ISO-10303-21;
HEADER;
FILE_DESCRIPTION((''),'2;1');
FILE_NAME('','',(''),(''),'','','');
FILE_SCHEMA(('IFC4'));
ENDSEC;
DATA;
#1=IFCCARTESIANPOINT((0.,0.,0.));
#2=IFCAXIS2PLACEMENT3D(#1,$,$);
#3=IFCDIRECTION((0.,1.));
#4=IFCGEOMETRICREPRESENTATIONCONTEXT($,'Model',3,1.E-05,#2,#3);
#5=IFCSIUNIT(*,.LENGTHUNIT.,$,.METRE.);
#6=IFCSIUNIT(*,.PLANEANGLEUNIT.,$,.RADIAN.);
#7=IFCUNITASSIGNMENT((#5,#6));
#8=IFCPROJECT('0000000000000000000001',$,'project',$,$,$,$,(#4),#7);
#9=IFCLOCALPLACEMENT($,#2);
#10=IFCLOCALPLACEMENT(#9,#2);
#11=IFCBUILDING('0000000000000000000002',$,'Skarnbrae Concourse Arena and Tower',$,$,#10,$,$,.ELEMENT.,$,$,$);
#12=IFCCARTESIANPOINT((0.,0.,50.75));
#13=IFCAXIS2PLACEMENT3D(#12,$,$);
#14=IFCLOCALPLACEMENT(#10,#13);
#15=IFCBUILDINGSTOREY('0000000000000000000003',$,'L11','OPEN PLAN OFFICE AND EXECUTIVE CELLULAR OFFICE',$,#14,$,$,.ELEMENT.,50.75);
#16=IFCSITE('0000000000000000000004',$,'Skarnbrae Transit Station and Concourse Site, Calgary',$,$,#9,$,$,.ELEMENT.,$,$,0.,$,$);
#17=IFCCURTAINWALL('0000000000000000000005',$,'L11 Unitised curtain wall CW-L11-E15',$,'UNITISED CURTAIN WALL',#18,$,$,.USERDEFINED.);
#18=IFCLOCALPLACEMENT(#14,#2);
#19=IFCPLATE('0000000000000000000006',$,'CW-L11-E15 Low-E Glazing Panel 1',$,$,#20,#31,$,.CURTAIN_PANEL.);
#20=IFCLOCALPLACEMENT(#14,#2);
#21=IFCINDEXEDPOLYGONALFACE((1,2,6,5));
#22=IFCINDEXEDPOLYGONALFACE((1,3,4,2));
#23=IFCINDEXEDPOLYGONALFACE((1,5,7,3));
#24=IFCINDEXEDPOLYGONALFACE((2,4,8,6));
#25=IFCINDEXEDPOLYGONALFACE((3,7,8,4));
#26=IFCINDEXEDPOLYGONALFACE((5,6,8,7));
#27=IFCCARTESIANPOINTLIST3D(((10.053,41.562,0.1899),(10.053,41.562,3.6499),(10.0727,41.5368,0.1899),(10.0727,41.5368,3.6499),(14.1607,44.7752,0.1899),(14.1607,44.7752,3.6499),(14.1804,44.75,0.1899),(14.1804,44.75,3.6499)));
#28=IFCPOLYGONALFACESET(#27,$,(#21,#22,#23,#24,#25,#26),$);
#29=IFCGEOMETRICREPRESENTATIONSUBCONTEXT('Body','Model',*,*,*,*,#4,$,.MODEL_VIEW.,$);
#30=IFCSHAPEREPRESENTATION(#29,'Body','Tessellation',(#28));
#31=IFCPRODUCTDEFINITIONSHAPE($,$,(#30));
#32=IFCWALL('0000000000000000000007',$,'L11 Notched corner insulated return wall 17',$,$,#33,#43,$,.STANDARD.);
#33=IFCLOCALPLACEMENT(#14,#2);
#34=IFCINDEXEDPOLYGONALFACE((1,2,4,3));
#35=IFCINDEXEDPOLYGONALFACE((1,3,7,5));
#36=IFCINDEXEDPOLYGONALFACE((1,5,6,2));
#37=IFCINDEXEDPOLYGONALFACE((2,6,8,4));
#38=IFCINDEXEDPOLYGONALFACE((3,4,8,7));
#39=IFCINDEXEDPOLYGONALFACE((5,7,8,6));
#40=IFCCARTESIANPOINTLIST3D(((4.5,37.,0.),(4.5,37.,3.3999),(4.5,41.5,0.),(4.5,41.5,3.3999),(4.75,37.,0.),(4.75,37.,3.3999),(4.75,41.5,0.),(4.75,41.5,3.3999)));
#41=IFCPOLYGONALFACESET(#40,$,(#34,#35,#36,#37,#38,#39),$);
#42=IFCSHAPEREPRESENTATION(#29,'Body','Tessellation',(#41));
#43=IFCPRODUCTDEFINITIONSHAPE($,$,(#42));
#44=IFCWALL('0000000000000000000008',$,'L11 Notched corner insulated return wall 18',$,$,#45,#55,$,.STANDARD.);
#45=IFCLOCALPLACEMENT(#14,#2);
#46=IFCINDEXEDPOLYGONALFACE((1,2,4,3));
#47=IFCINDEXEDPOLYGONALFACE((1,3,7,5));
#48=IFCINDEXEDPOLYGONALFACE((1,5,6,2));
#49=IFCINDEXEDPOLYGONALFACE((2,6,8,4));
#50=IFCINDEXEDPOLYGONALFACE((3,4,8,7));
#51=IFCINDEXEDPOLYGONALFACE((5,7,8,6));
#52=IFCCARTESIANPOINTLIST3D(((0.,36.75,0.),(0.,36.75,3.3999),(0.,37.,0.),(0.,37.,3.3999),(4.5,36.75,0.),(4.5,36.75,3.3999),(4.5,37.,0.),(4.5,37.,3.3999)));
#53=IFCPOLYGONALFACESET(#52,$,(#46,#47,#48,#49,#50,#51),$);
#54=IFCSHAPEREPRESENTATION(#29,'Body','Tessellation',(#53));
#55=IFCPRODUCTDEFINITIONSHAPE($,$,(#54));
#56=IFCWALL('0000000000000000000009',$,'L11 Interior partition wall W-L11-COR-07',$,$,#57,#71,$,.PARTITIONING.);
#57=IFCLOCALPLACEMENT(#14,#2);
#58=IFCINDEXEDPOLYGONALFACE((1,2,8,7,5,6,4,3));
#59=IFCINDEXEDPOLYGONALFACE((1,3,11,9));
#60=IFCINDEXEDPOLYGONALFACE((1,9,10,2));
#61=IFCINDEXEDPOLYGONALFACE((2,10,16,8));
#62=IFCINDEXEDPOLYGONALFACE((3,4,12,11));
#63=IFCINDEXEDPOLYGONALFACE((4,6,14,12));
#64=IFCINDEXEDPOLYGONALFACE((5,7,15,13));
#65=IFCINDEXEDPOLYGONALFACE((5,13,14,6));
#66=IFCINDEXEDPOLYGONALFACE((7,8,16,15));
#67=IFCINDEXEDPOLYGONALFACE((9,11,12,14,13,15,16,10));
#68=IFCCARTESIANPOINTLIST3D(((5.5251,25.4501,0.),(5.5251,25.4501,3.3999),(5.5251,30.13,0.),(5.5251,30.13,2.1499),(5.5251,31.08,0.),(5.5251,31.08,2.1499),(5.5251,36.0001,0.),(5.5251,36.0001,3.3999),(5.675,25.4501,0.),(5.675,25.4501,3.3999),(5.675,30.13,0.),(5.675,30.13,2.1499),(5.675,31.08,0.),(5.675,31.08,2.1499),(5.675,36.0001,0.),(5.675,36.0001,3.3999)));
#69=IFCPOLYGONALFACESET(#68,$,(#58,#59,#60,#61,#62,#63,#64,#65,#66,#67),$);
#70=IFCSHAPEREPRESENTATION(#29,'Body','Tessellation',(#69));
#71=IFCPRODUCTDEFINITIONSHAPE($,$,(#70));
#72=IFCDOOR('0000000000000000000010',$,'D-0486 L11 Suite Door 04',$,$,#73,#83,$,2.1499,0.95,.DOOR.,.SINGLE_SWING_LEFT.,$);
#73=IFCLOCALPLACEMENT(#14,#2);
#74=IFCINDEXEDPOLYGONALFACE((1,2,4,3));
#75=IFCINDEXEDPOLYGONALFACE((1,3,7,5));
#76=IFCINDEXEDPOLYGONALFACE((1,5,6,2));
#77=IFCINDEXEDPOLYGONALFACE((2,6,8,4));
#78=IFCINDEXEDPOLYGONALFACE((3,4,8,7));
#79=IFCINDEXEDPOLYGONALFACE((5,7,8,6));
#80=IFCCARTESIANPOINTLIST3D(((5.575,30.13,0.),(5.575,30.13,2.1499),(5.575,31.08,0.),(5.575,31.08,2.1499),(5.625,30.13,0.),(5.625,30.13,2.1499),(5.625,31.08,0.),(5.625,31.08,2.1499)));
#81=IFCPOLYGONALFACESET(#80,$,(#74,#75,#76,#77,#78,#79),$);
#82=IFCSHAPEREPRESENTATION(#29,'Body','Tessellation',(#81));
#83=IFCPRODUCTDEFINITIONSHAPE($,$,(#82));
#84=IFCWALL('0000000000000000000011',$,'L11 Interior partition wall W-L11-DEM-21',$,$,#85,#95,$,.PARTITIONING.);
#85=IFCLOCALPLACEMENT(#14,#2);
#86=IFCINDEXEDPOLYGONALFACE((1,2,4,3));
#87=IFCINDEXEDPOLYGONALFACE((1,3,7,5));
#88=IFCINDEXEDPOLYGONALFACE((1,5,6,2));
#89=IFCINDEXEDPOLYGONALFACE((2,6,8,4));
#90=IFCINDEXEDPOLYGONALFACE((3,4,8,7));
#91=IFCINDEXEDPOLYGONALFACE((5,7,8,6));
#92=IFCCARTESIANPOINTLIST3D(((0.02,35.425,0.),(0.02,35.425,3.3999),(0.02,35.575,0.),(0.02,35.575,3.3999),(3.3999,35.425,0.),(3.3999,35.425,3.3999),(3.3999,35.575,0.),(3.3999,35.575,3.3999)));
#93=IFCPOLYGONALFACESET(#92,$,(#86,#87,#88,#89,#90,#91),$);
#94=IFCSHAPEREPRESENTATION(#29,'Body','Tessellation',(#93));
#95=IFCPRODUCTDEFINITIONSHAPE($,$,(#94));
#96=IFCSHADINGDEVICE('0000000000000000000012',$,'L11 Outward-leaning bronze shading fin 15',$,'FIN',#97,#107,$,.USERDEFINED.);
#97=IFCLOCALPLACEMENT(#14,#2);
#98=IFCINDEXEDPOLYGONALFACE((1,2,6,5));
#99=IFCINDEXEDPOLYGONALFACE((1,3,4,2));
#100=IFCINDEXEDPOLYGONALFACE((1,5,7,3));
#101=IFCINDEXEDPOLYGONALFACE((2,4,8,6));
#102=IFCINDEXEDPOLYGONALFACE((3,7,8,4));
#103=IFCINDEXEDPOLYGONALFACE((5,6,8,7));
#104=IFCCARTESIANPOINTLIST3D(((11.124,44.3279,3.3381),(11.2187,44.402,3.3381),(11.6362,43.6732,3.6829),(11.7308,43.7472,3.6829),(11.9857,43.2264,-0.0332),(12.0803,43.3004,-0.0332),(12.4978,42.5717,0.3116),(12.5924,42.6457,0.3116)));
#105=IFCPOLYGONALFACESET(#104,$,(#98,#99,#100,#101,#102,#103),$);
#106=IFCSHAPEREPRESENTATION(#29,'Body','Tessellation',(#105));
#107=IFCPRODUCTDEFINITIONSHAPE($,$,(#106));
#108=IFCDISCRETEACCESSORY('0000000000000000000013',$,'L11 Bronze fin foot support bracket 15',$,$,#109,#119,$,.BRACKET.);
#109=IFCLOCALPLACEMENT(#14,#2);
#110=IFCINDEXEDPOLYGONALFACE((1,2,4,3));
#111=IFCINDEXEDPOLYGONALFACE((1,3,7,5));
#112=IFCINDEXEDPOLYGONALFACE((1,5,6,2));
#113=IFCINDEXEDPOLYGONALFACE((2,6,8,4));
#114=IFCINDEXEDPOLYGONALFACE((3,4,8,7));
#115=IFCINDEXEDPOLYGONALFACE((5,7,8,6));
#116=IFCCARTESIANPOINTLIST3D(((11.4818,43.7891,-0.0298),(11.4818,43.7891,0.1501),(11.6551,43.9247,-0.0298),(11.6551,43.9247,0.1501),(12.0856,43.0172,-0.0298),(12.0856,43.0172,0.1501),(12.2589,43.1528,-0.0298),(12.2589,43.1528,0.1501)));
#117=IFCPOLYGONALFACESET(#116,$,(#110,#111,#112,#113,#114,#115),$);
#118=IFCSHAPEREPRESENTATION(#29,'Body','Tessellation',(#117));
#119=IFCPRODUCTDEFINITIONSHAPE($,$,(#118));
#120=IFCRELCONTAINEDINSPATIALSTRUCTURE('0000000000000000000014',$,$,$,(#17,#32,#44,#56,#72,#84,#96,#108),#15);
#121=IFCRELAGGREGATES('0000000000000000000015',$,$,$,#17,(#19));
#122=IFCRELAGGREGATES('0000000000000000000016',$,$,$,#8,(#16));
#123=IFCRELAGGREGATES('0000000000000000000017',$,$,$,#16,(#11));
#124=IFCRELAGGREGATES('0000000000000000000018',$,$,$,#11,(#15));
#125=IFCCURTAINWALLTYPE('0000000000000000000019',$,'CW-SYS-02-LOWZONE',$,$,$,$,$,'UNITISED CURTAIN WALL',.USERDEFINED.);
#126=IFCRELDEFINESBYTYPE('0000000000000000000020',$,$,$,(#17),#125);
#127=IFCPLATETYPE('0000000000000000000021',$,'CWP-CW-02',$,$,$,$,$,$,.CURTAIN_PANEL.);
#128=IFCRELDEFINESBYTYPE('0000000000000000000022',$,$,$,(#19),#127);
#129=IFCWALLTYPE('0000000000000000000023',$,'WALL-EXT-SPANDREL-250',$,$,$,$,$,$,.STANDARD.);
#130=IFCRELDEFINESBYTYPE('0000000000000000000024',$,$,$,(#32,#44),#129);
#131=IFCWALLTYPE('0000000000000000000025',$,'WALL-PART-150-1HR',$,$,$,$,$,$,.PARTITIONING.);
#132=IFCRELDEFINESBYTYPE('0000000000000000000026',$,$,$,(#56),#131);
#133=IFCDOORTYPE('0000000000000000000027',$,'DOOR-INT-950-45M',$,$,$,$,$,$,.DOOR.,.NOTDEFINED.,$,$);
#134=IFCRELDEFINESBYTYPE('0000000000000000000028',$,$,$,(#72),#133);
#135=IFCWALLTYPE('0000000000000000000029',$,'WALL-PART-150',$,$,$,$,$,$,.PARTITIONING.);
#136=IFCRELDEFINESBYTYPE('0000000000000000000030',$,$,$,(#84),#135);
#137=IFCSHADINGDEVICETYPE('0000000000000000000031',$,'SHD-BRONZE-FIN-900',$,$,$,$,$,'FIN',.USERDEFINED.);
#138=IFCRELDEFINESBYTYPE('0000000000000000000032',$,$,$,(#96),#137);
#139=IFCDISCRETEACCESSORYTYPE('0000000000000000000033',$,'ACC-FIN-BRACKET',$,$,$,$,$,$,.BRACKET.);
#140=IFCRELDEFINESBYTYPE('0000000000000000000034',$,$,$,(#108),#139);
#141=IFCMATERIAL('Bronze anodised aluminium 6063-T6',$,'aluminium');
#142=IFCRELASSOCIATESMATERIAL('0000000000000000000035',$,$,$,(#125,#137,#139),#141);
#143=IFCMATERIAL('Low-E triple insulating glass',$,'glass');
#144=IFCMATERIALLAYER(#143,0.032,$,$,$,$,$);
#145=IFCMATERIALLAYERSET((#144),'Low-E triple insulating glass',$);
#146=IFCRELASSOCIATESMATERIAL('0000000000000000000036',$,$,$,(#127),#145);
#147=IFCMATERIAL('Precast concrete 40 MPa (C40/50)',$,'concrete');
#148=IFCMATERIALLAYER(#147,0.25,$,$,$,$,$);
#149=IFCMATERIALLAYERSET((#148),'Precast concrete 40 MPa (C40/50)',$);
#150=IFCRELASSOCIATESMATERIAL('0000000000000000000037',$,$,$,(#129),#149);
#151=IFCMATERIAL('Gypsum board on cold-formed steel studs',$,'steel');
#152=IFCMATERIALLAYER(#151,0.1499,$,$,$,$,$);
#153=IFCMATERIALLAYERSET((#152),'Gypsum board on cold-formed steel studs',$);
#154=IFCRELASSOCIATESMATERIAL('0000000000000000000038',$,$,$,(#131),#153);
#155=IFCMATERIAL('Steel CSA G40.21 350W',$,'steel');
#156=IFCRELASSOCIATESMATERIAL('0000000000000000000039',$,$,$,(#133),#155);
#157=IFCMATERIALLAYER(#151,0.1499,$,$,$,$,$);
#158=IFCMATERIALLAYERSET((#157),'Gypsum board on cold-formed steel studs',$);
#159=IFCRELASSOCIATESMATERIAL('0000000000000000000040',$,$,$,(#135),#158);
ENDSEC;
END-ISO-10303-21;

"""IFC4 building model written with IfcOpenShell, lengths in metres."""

from ifc_helpers import new_model, si_unit, direction, frame, frame_2d, origin, origin_2d, place, context, subcontext, project, spatial, rectangle, extrude, source, transform, mapped, material, layer, layer_set, type_object, element, fill, aggregate, save


model = new_model("IFC4")

# Units and contexts
model_context = context("Model", 3, precision=1e-05, world=origin(), true_north=direction((0.0, 1.0)))
body_context = subcontext(model_context, "Body", "Model", "MODEL_VIEW")
ifc_project = project(units=[si_unit("LENGTHUNIT", "METRE"), si_unit("PLANEANGLEUNIT", "RADIAN")], contexts=[model_context])

# Site, building, storey
site_placement = place(None, origin())
site = spatial("IfcSite", under=ifc_project, at=site_placement, Name="Skarnbrae Transit Station and Concourse Site, Calgary", CompositionType="ELEMENT", RefElevation=0.0)
building_placement = place(site_placement, origin())
building = spatial("IfcBuilding", under=site, at=building_placement, Name="Skarnbrae Concourse Arena and Tower", CompositionType="ELEMENT")
storey_placement = place(building_placement, frame((0.0, 0.0, 50.75)))
storey = spatial("IfcBuildingStorey", under=building, at=storey_placement, Name="L11", Description="OPEN PLAN OFFICE AND EXECUTIVE CELLULAR OFFICE", CompositionType="ELEMENT", Elevation=50.75)

# Shared definitions
ifc_material_1 = material(Name="Steel CSA G40.21 350W", Category="steel")

# Curtain wall
ifc_material_2 = material(Name="Bronze anodised aluminium 6063-T6", Category="aluminium")
curtain_wall_type_1 = type_object("IfcCurtainWallType", Name="CW-SYS-02-LOWZONE", ElementType="UNITISED CURTAIN WALL", PredefinedType="USERDEFINED", material=ifc_material_2)
curtain_wall_1_placement = place(storey_placement, origin())
curtain_wall_1 = element("IfcCurtainWall", 1, at=curtain_wall_1_placement, inside=storey, type_object=curtain_wall_type_1, Name="L11 Unitised curtain wall CW-L11-E15", ObjectType="UNITISED CURTAIN WALL", PredefinedType="USERDEFINED")

# Plate
ifc_material_3 = material(Name="Low-E triple insulating glass", Category="glass")
ifc_layer_1 = layer(ifc_material_3, 0.032)
ifc_layer_set_1 = layer_set([ifc_layer_1], Name="Low-E triple insulating glass")
plate_type = type_object("IfcPlateType", Name="CWP-CW-02", PredefinedType="CURTAIN_PANEL", material=ifc_layer_set_1)
shared_shape_1 = source(origin(), body_context, "Body", "SweptSolid", [
    extrude(rectangle(XDim=5.2151, YDim=0.032, at=origin_2d()), origin(), (0.0, 0.0, 1.0), 3.46),
])
plate_1_placement = place(storey_placement, frame((12.1167, 43.156, 0.1899), z_axis=(0.0, 0.0, 1.0), x_axis=(-0.787652, -0.616121, 0.0)))
plate_1 = element("IfcPlate", 2, at=plate_1_placement, type_object=plate_type, Name="CW-L11-E15 Low-E Glazing Panel 1", PredefinedType="CURTAIN_PANEL", context=body_context, shape_type="MappedRepresentation", body=[
    mapped(shared_shape_1, transform((0.0, 0.0, 0.0))),
])
aggregate(curtain_wall_1, [plate_1])

# Walls
ifc_material_4 = material(Name="Precast concrete 40 MPa (C40/50)", Category="concrete")
ifc_layer_2 = layer(ifc_material_4, 0.25)
ifc_layer_set_2 = layer_set([ifc_layer_2], Name="Precast concrete 40 MPa (C40/50)")
wall_type_1 = type_object("IfcWallType", Name="WALL-EXT-SPANDREL-250", PredefinedType="STANDARD", material=ifc_layer_set_2)
shared_shape_2 = source(origin(), body_context, "Body", "SweptSolid", [
    extrude(rectangle(XDim=4.5, YDim=0.25, at=frame_2d((2.25, 0.0))), origin(), (0.0, 0.0, 1.0), 3.3999),
])
for number, where, z_axis, x_axis, name in (
    (3, (4.625, 41.5, 0.0), (0.0, 0.0, 1.0), (0.0, -1.0, 0.0), "L11 Notched corner insulated return wall 17"),
    (4, (4.5, 36.875, 0.0), (0.0, 0.0, 1.0), (-1.0, 0.0, 0.0), "L11 Notched corner insulated return wall 18"),
):
    element("IfcWall", number, at=place(storey_placement, frame(where, z_axis=z_axis, x_axis=x_axis)), inside=storey, type_object=wall_type_1, Name=name, PredefinedType="STANDARD", context=body_context, shape_type="MappedRepresentation", body=[
        mapped(shared_shape_2, transform((0.0, 0.0, 0.0))),
    ])

# Wall, opening, door
ifc_material_5 = material(Name="Gypsum board on cold-formed steel studs", Category="steel")
ifc_layer_3 = layer(ifc_material_5, 0.1499)
ifc_layer_set_3 = layer_set([ifc_layer_3], Name="Gypsum board on cold-formed steel studs")
wall_type_2 = type_object("IfcWallType", Name="WALL-PART-150-1HR", PredefinedType="PARTITIONING", material=ifc_layer_set_3)
shared_shape_3 = source(origin(), body_context, "Body", "SweptSolid", [
    extrude(rectangle(XDim=10.55, YDim=0.1499, at=frame_2d((5.2749, 0.0))), origin(), (0.0, 0.0, 1.0), 3.3999),
])
wall_1_placement = place(storey_placement, frame((5.6001, 36.0, 0.0), z_axis=(0.0, 0.0, 1.0), x_axis=(0.0, -1.0, 0.0)))
wall_1 = element("IfcWall", 5, at=wall_1_placement, inside=storey, type_object=wall_type_2, Name="L11 Interior partition wall W-L11-COR-07", PredefinedType="PARTITIONING", context=body_context, shape_type="MappedRepresentation", body=[
    mapped(shared_shape_3, transform((0.0, 0.0, 0.0))),
])
opening_1_placement = place(wall_1_placement, frame((4.9199, 0.0, 0.0)))
opening_1 = element("IfcOpeningElement", 6, at=opening_1_placement, cuts=wall_1, PredefinedType="OPENING", context=body_context, shape_type="SweptSolid", body=[
    extrude(rectangle(XDim=0.95, YDim=2.1499, at=frame_2d((0.4751, 1.075))), frame((0.0, 0.085, 0.0), z_axis=(0.0, -1.0, 0.0), x_axis=(1.0, 0.0, 0.0)), (0.0, 0.0, 1.0), 0.1699),
])
door_type = type_object("IfcDoorType", Name="DOOR-INT-950-45M", OperationType="NOTDEFINED", PredefinedType="DOOR", material=ifc_material_1)
shared_shape_4 = source(origin(), body_context, "Body", "SweptSolid", [
    extrude(rectangle(XDim=0.95, YDim=2.1499, at=frame_2d((0.4751, 1.075))), frame((0.0, 0.0249, 0.0), z_axis=(0.0, -1.0, 0.0), x_axis=(1.0, 0.0, 0.0)), (0.0, 0.0, 1.0), 0.05),
])
door_1_placement = place(opening_1_placement, origin())
door_1 = element("IfcDoor", 7, at=door_1_placement, inside=storey, type_object=door_type, Name="D-0486 L11 Suite Door 04", OperationType="SINGLE_SWING_LEFT", OverallHeight=2.1499, OverallWidth=0.95, PredefinedType="DOOR", context=body_context, shape_type="MappedRepresentation", body=[
    mapped(shared_shape_4, transform((0.0, 0.0, 0.0))),
])
fill(opening_1, door_1)

# Wall
ifc_layer_4 = layer(ifc_material_5, 0.1499)
ifc_layer_set_4 = layer_set([ifc_layer_4], Name="Gypsum board on cold-formed steel studs")
wall_type_3 = type_object("IfcWallType", Name="WALL-PART-150", PredefinedType="PARTITIONING", material=ifc_layer_set_4)
shared_shape_5 = source(origin(), body_context, "Body", "SweptSolid", [
    extrude(rectangle(XDim=3.3799, YDim=0.1499, at=frame_2d((1.6899, 0.0))), origin(), (0.0, 0.0, 1.0), 3.3999),
])
wall_2_placement = place(storey_placement, frame((0.02, 35.5, 0.0), z_axis=(0.0, 0.0, 1.0), x_axis=(1.0, 0.0, 0.0)))
element("IfcWall", 8, at=wall_2_placement, inside=storey, type_object=wall_type_3, Name="L11 Interior partition wall W-L11-DEM-21", PredefinedType="PARTITIONING", context=body_context, shape_type="MappedRepresentation", body=[
    mapped(shared_shape_5, transform((0.0, 0.0, 0.0))),
])

# Shading device
shading_device_type = type_object("IfcShadingDeviceType", Name="SHD-BRONZE-FIN-900", ElementType="FIN", PredefinedType="USERDEFINED", material=ifc_material_2)
shared_shape_6 = source(origin(), body_context, "Body", "SweptSolid", [
    extrude(rectangle(XDim=0.1201, YDim=0.8999, at=origin_2d()), origin(), (0.0, 0.0, 1.0), 3.6499),
])
shading_device_placement = place(storey_placement, frame((12.2891, 42.936, 0.1392), z_axis=(-0.236075, 0.301804, 0.923679), x_axis=(0.787656, 0.616115, 0.0)))
element("IfcShadingDevice", 9, at=shading_device_placement, inside=storey, type_object=shading_device_type, Name="L11 Outward-leaning bronze shading fin 15", ObjectType="FIN", PredefinedType="USERDEFINED", context=body_context, shape_type="MappedRepresentation", body=[
    mapped(shared_shape_6, transform((0.0, 0.0, 0.0))),
])

# Discrete accessory
discrete_accessory_type = type_object("IfcDiscreteAccessoryType", Name="ACC-FIN-BRACKET", PredefinedType="BRACKET", material=ifc_material_2)
shared_shape_7 = source(origin(), body_context, "Body", "SweptSolid", [
    extrude(rectangle(XDim=0.22, YDim=0.98, at=origin_2d()), origin(), (0.0, 0.0, 1.0), 0.1799),
])
discrete_accessory_placement = place(storey_placement, frame((11.8704, 43.4709, -0.0298), z_axis=(0.0, 0.0, 1.0), x_axis=(0.787656, 0.616115, 0.0)))
element("IfcDiscreteAccessory", 10, at=discrete_accessory_placement, inside=storey, type_object=discrete_accessory_type, Name="L11 Bronze fin foot support bracket 15", PredefinedType="BRACKET", context=body_context, shape_type="MappedRepresentation", body=[
    mapped(shared_shape_7, transform((0.0, 0.0, 0.0))),
])

save(model, "model.ifc")
